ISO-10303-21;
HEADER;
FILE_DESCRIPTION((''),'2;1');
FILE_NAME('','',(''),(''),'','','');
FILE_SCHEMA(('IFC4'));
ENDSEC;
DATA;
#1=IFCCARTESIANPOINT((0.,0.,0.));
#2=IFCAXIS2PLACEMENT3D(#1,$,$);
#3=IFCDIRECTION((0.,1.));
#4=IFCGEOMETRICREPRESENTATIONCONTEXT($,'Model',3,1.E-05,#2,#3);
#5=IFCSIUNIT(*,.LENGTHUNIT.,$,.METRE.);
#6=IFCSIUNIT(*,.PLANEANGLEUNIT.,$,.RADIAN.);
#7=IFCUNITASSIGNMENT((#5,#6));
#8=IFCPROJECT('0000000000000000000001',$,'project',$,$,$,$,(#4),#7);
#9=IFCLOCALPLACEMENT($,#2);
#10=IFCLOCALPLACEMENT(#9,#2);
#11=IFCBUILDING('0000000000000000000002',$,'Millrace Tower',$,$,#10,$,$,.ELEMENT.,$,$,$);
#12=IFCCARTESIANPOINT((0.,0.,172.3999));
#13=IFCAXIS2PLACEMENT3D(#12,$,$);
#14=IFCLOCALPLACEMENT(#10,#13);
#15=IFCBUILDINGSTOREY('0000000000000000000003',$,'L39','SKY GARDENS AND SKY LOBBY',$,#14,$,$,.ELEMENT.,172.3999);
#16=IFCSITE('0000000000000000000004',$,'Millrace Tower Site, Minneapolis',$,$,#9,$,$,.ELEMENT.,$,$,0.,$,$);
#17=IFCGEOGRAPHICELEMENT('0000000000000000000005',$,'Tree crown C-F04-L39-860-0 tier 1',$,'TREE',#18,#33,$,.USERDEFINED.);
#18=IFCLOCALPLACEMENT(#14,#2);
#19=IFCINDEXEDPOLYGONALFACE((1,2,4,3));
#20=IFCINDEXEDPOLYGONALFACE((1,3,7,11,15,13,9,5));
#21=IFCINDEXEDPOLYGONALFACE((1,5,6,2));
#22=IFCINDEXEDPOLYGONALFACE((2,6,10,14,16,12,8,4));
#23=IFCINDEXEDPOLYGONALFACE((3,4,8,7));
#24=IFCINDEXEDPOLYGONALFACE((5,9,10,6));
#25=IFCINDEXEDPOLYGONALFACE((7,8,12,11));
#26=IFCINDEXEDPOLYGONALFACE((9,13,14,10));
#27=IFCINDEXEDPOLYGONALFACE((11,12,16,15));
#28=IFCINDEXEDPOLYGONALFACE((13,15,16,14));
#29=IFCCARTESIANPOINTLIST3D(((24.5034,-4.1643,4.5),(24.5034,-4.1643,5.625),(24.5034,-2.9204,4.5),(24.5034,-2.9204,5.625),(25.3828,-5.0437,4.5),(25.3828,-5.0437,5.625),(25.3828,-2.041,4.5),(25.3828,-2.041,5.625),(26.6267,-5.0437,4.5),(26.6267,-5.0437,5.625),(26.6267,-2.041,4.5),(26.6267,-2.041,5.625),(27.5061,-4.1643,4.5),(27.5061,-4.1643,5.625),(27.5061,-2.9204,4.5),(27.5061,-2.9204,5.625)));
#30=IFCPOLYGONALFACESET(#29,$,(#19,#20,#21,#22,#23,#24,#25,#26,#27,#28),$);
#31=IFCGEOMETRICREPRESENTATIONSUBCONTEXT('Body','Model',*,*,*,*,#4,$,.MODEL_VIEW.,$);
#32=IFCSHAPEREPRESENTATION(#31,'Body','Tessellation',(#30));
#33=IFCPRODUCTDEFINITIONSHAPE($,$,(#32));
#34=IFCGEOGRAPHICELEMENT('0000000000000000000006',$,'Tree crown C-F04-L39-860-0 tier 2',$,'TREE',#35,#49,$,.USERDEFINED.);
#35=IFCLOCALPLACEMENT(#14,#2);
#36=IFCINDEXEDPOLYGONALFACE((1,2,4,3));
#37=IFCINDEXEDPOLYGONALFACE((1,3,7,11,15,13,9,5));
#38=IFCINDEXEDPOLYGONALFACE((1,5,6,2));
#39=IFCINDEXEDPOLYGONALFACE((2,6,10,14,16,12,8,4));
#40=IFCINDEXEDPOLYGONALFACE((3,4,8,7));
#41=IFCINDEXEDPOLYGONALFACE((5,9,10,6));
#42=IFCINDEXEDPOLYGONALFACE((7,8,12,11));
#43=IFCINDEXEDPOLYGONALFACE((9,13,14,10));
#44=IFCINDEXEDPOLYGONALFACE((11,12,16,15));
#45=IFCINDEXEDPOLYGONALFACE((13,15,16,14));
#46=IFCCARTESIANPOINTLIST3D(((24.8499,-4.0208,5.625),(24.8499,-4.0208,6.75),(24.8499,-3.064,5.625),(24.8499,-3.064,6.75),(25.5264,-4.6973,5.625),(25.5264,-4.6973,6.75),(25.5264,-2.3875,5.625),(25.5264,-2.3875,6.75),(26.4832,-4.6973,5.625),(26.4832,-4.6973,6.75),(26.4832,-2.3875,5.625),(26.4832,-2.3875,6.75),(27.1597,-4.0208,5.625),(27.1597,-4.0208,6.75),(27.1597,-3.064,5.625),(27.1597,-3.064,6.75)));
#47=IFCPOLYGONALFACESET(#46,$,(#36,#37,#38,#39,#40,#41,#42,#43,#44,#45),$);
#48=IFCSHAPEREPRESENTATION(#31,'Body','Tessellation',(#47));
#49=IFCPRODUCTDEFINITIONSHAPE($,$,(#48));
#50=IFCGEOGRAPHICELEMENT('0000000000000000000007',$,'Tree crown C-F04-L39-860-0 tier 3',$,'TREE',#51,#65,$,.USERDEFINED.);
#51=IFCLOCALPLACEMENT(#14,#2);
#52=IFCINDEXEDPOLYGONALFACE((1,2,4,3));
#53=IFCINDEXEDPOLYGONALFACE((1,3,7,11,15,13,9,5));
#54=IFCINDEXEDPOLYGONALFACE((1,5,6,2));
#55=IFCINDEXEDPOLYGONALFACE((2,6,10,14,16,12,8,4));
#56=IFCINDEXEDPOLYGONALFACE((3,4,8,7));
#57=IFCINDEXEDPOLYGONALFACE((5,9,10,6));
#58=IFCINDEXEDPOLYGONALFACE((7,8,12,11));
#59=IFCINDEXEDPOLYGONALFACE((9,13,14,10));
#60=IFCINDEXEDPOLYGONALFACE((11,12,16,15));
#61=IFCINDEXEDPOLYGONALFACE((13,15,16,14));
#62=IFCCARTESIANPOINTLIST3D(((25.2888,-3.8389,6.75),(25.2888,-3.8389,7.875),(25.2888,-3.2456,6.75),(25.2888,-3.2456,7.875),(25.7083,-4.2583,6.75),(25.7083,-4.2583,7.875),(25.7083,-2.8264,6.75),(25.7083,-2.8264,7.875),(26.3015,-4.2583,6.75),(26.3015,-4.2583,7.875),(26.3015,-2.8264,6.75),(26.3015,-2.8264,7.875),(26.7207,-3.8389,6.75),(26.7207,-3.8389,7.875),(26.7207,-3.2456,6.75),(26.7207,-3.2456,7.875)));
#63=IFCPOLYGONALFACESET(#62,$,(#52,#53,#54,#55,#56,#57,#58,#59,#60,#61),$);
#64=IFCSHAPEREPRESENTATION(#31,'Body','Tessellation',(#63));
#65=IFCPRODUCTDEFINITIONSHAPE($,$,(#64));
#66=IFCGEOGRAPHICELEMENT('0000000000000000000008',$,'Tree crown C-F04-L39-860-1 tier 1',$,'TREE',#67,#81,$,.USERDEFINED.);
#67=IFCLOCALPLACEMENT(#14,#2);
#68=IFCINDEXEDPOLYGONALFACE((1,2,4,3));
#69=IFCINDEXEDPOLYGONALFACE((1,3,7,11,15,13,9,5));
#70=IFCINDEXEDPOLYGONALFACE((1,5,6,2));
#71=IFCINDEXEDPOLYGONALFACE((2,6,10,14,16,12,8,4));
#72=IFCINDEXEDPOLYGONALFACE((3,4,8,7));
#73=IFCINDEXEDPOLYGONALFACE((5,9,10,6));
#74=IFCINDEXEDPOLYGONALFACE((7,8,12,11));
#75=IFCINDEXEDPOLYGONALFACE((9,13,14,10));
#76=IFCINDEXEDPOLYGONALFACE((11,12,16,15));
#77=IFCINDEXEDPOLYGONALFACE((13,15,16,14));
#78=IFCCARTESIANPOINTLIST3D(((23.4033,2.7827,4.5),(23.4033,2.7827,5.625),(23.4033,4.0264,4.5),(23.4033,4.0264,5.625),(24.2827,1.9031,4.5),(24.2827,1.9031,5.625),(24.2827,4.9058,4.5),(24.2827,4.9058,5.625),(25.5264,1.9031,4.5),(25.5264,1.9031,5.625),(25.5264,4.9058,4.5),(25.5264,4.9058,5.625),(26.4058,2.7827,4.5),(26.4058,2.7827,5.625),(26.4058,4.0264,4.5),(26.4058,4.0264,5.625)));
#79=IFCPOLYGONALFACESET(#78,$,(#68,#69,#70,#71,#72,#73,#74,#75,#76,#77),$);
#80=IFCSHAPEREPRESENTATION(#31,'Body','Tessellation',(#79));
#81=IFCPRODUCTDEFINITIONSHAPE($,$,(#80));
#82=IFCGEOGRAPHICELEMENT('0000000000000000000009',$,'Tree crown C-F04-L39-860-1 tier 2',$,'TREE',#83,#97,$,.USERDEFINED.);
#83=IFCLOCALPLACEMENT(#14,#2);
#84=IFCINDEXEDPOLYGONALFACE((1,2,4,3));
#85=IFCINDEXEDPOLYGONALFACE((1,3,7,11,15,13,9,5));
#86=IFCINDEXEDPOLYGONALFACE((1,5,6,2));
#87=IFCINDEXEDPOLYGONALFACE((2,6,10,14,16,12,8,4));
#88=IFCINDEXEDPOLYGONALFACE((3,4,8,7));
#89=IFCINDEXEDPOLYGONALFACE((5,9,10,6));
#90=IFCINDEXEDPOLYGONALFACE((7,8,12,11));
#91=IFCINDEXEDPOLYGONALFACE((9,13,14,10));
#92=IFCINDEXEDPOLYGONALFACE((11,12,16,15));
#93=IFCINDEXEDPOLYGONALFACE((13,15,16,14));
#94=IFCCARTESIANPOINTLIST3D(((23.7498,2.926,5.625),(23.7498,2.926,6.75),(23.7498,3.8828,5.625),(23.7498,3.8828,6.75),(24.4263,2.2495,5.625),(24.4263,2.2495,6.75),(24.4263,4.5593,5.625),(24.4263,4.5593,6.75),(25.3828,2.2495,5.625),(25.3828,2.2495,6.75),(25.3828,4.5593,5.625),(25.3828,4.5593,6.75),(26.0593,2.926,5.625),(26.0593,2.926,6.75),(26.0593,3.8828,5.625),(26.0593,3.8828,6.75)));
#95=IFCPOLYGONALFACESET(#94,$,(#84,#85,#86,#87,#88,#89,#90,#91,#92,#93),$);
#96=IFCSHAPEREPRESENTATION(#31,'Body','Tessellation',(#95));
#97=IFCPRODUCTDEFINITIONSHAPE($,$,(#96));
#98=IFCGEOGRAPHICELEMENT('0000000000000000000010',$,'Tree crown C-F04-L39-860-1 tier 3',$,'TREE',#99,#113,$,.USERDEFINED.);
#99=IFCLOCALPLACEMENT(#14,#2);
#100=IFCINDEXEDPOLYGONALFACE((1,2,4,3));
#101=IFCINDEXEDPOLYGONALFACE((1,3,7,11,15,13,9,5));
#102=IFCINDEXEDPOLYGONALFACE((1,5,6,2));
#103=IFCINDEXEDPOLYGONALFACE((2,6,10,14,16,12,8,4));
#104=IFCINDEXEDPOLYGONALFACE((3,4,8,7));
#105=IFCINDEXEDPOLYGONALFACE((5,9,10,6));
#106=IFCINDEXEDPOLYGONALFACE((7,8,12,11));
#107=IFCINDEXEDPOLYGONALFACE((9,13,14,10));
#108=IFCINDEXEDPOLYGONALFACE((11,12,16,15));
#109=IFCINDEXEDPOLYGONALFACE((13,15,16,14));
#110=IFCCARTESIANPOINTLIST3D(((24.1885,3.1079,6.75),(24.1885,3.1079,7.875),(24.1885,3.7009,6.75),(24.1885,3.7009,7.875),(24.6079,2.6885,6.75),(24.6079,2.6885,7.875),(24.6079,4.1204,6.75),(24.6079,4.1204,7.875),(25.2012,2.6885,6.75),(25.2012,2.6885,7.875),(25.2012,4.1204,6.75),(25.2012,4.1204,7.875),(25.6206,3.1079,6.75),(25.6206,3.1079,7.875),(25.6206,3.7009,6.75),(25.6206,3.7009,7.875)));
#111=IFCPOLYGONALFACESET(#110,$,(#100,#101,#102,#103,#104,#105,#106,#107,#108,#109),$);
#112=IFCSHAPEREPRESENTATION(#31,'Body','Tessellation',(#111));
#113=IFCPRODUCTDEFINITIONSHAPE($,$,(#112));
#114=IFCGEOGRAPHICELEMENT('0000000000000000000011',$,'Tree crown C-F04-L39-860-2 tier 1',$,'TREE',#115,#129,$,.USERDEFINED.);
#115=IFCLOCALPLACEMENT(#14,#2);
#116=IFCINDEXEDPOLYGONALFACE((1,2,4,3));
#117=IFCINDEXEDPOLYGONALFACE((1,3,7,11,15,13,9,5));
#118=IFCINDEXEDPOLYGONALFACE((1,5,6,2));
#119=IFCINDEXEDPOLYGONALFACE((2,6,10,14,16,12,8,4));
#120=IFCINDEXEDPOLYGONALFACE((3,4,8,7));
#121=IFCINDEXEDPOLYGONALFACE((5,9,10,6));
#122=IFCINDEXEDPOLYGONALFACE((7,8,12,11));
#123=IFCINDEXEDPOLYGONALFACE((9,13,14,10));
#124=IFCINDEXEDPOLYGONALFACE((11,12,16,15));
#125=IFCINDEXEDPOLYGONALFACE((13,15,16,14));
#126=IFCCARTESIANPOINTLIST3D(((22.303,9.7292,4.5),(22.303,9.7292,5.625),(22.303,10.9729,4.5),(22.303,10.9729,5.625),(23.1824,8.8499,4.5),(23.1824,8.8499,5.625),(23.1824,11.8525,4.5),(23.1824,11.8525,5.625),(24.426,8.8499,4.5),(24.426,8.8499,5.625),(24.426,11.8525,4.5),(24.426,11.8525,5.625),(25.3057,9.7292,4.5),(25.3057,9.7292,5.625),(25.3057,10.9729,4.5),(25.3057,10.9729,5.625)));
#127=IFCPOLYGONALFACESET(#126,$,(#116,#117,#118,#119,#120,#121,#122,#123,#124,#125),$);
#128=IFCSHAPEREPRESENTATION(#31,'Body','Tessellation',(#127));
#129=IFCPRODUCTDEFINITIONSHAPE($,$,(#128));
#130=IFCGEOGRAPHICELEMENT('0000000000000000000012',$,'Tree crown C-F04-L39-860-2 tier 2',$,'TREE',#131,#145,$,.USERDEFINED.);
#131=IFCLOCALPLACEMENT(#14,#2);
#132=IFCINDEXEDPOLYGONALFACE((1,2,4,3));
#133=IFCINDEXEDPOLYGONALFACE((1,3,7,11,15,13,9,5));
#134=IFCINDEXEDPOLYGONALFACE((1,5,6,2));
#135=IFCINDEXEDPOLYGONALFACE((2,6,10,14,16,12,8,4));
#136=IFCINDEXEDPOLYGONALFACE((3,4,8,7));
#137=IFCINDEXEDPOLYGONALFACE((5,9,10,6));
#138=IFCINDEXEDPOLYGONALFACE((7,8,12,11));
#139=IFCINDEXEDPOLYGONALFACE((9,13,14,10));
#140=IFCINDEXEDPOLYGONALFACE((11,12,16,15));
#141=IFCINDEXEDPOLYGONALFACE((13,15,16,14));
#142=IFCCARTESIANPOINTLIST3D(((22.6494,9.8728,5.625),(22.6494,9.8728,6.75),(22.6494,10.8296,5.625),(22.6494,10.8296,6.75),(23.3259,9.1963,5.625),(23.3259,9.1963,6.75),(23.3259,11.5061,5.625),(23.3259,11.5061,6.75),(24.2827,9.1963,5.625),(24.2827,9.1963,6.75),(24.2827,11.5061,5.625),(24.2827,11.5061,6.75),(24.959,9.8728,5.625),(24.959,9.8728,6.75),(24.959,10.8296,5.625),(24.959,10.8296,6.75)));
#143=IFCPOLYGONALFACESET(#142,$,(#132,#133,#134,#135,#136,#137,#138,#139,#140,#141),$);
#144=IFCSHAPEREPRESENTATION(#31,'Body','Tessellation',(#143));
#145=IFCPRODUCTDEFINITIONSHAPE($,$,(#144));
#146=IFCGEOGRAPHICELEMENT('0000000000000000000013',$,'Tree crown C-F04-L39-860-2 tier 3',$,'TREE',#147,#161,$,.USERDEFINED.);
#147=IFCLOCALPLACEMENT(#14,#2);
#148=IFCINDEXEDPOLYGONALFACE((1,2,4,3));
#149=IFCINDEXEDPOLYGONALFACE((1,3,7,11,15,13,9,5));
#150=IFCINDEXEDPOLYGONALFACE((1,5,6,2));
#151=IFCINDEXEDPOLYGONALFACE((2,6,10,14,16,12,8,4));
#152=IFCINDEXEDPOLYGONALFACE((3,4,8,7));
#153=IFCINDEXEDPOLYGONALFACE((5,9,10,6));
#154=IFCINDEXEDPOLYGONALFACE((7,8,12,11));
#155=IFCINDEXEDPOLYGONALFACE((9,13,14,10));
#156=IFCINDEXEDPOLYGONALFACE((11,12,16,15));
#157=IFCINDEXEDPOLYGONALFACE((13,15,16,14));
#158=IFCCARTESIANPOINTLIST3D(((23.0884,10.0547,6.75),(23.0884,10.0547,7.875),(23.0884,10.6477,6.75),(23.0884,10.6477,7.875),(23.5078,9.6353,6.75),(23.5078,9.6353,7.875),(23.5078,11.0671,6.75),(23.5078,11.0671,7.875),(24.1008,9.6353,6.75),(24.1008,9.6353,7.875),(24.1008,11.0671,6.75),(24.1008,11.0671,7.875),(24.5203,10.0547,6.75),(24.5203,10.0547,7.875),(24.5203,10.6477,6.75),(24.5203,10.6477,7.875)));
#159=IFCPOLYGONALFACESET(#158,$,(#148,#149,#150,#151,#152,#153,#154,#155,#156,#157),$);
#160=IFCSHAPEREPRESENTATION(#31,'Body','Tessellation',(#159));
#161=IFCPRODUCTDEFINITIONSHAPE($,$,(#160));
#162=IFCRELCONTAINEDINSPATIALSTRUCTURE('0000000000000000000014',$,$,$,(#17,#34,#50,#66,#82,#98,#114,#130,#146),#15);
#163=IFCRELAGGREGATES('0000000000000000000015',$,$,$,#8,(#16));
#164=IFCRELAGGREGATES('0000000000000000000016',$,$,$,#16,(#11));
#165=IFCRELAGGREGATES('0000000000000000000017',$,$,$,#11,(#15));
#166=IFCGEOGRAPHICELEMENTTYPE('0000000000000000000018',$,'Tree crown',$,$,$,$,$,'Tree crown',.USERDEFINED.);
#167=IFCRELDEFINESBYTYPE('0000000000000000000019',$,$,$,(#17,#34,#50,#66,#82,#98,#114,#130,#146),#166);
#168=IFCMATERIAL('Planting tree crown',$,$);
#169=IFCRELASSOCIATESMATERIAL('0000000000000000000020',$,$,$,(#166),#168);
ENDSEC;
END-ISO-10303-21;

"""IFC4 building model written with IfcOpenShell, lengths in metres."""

from ifc_helpers import new_model, si_unit, direction, frame, origin, place, context, subcontext, project, spatial, polyline, outline, extrude, material, type_object, element, save


model = new_model("IFC4")

# Units and contexts
model_context = context("Model", 3, precision=1e-05, world=origin(), true_north=direction((0.0, 1.0)))
body_context = subcontext(model_context, "Body", "Model", "MODEL_VIEW")
ifc_project = project(units=[si_unit("LENGTHUNIT", "METRE"), si_unit("PLANEANGLEUNIT", "RADIAN")], contexts=[model_context])

# Site, building, storey
site_placement = place(None, origin())
site = spatial("IfcSite", under=ifc_project, at=site_placement, Name="Millrace Tower Site, Minneapolis", CompositionType="ELEMENT", RefElevation=0.0)
building_placement = place(site_placement, origin())
building = spatial("IfcBuilding", under=site, at=building_placement, Name="Millrace Tower", CompositionType="ELEMENT")
storey_placement = place(building_placement, frame((0.0, 0.0, 172.3999)))
storey = spatial("IfcBuildingStorey", under=building, at=storey_placement, Name="L39", Description="SKY GARDENS AND SKY LOBBY", CompositionType="ELEMENT", Elevation=172.3999)

# Geographic elements
ifc_material_1 = material(Name="Planting tree crown")
geographic_element_type = type_object("IfcGeographicElementType", Name="Tree crown", ElementType="Tree crown", PredefinedType="USERDEFINED", material=ifc_material_1)
placement_1 = place(storey_placement, frame((0.0, 0.0, 4.5)))
element("IfcGeographicElement", 1, at=placement_1, inside=storey, type_object=geographic_element_type, Name="Tree crown C-F04-L39-860-0 tier 1", ObjectType="TREE", PredefinedType="USERDEFINED", context=body_context, shape_type="SweptSolid", body=[
    extrude(outline(polyline([(27.5061, -2.9204), (26.6267, -2.041), (25.3828, -2.041), (24.5034, -2.9204), (24.5034, -4.1643), (25.3828, -5.0437), (26.6267, -5.0437), (27.5061, -4.1643), (27.5061, -2.9204)])), origin(), (0.0, 0.0, 1.0), 1.125),
])
placement_2 = place(storey_placement, frame((0.0, 0.0, 5.625)))
element("IfcGeographicElement", 2, at=placement_2, inside=storey, type_object=geographic_element_type, Name="Tree crown C-F04-L39-860-0 tier 2", ObjectType="TREE", PredefinedType="USERDEFINED", context=body_context, shape_type="SweptSolid", body=[
    extrude(outline(polyline([(27.1597, -3.064), (26.4832, -2.3875), (25.5264, -2.3875), (24.8499, -3.064), (24.8499, -4.0208), (25.5264, -4.6973), (26.4832, -4.6973), (27.1597, -4.0208), (27.1597, -3.064)])), origin(), (0.0, 0.0, 1.0), 1.125),
])
placement_3 = place(storey_placement, frame((0.0, 0.0, 6.75)))
element("IfcGeographicElement", 3, at=placement_3, inside=storey, type_object=geographic_element_type, Name="Tree crown C-F04-L39-860-0 tier 3", ObjectType="TREE", PredefinedType="USERDEFINED", context=body_context, shape_type="SweptSolid", body=[
    extrude(outline(polyline([(26.7207, -3.2456), (26.3015, -2.8264), (25.7083, -2.8264), (25.2888, -3.2456), (25.2888, -3.8389), (25.7083, -4.2583), (26.3015, -4.2583), (26.7207, -3.8389), (26.7207, -3.2456)])), origin(), (0.0, 0.0, 1.0), 1.125),
])
element("IfcGeographicElement", 4, at=placement_1, inside=storey, type_object=geographic_element_type, Name="Tree crown C-F04-L39-860-1 tier 1", ObjectType="TREE", PredefinedType="USERDEFINED", context=body_context, shape_type="SweptSolid", body=[
    extrude(outline(polyline([(26.4058, 4.0264), (25.5264, 4.9058), (24.2827, 4.9058), (23.4033, 4.0264), (23.4033, 2.7827), (24.2827, 1.9031), (25.5264, 1.9031), (26.4058, 2.7827), (26.4058, 4.0264)])), origin(), (0.0, 0.0, 1.0), 1.125),
])
element("IfcGeographicElement", 5, at=placement_2, inside=storey, type_object=geographic_element_type, Name="Tree crown C-F04-L39-860-1 tier 2", ObjectType="TREE", PredefinedType="USERDEFINED", context=body_context, shape_type="SweptSolid", body=[
    extrude(outline(polyline([(26.0593, 3.8828), (25.3828, 4.5593), (24.4263, 4.5593), (23.7498, 3.8828), (23.7498, 2.926), (24.4263, 2.2495), (25.3828, 2.2495), (26.0593, 2.926), (26.0593, 3.8828)])), origin(), (0.0, 0.0, 1.0), 1.125),
])
element("IfcGeographicElement", 6, at=placement_3, inside=storey, type_object=geographic_element_type, Name="Tree crown C-F04-L39-860-1 tier 3", ObjectType="TREE", PredefinedType="USERDEFINED", context=body_context, shape_type="SweptSolid", body=[
    extrude(outline(polyline([(25.6206, 3.7009), (25.2012, 4.1204), (24.6079, 4.1204), (24.1885, 3.7009), (24.1885, 3.1079), (24.6079, 2.6885), (25.2012, 2.6885), (25.6206, 3.1079), (25.6206, 3.7009)])), origin(), (0.0, 0.0, 1.0), 1.125),
])
element("IfcGeographicElement", 7, at=placement_1, inside=storey, type_object=geographic_element_type, Name="Tree crown C-F04-L39-860-2 tier 1", ObjectType="TREE", PredefinedType="USERDEFINED", context=body_context, shape_type="SweptSolid", body=[
    extrude(outline(polyline([(25.3057, 10.9729), (24.426, 11.8525), (23.1824, 11.8525), (22.303, 10.9729), (22.303, 9.7292), (23.1824, 8.8499), (24.426, 8.8499), (25.3057, 9.7292), (25.3057, 10.9729)])), origin(), (0.0, 0.0, 1.0), 1.125),
])
element("IfcGeographicElement", 8, at=placement_2, inside=storey, type_object=geographic_element_type, Name="Tree crown C-F04-L39-860-2 tier 2", ObjectType="TREE", PredefinedType="USERDEFINED", context=body_context, shape_type="SweptSolid", body=[
    extrude(outline(polyline([(24.959, 10.8296), (24.2827, 11.5061), (23.3259, 11.5061), (22.6494, 10.8296), (22.6494, 9.8728), (23.3259, 9.1963), (24.2827, 9.1963), (24.959, 9.8728), (24.959, 10.8296)])), origin(), (0.0, 0.0, 1.0), 1.125),
])
element("IfcGeographicElement", 9, at=placement_3, inside=storey, type_object=geographic_element_type, Name="Tree crown C-F04-L39-860-2 tier 3", ObjectType="TREE", PredefinedType="USERDEFINED", context=body_context, shape_type="SweptSolid", body=[
    extrude(outline(polyline([(24.5203, 10.6477), (24.1008, 11.0671), (23.5078, 11.0671), (23.0884, 10.6477), (23.0884, 10.0547), (23.5078, 9.6353), (24.1008, 9.6353), (24.5203, 10.0547), (24.5203, 10.6477)])), origin(), (0.0, 0.0, 1.0), 1.125),
])

save(model, "model.ifc")
